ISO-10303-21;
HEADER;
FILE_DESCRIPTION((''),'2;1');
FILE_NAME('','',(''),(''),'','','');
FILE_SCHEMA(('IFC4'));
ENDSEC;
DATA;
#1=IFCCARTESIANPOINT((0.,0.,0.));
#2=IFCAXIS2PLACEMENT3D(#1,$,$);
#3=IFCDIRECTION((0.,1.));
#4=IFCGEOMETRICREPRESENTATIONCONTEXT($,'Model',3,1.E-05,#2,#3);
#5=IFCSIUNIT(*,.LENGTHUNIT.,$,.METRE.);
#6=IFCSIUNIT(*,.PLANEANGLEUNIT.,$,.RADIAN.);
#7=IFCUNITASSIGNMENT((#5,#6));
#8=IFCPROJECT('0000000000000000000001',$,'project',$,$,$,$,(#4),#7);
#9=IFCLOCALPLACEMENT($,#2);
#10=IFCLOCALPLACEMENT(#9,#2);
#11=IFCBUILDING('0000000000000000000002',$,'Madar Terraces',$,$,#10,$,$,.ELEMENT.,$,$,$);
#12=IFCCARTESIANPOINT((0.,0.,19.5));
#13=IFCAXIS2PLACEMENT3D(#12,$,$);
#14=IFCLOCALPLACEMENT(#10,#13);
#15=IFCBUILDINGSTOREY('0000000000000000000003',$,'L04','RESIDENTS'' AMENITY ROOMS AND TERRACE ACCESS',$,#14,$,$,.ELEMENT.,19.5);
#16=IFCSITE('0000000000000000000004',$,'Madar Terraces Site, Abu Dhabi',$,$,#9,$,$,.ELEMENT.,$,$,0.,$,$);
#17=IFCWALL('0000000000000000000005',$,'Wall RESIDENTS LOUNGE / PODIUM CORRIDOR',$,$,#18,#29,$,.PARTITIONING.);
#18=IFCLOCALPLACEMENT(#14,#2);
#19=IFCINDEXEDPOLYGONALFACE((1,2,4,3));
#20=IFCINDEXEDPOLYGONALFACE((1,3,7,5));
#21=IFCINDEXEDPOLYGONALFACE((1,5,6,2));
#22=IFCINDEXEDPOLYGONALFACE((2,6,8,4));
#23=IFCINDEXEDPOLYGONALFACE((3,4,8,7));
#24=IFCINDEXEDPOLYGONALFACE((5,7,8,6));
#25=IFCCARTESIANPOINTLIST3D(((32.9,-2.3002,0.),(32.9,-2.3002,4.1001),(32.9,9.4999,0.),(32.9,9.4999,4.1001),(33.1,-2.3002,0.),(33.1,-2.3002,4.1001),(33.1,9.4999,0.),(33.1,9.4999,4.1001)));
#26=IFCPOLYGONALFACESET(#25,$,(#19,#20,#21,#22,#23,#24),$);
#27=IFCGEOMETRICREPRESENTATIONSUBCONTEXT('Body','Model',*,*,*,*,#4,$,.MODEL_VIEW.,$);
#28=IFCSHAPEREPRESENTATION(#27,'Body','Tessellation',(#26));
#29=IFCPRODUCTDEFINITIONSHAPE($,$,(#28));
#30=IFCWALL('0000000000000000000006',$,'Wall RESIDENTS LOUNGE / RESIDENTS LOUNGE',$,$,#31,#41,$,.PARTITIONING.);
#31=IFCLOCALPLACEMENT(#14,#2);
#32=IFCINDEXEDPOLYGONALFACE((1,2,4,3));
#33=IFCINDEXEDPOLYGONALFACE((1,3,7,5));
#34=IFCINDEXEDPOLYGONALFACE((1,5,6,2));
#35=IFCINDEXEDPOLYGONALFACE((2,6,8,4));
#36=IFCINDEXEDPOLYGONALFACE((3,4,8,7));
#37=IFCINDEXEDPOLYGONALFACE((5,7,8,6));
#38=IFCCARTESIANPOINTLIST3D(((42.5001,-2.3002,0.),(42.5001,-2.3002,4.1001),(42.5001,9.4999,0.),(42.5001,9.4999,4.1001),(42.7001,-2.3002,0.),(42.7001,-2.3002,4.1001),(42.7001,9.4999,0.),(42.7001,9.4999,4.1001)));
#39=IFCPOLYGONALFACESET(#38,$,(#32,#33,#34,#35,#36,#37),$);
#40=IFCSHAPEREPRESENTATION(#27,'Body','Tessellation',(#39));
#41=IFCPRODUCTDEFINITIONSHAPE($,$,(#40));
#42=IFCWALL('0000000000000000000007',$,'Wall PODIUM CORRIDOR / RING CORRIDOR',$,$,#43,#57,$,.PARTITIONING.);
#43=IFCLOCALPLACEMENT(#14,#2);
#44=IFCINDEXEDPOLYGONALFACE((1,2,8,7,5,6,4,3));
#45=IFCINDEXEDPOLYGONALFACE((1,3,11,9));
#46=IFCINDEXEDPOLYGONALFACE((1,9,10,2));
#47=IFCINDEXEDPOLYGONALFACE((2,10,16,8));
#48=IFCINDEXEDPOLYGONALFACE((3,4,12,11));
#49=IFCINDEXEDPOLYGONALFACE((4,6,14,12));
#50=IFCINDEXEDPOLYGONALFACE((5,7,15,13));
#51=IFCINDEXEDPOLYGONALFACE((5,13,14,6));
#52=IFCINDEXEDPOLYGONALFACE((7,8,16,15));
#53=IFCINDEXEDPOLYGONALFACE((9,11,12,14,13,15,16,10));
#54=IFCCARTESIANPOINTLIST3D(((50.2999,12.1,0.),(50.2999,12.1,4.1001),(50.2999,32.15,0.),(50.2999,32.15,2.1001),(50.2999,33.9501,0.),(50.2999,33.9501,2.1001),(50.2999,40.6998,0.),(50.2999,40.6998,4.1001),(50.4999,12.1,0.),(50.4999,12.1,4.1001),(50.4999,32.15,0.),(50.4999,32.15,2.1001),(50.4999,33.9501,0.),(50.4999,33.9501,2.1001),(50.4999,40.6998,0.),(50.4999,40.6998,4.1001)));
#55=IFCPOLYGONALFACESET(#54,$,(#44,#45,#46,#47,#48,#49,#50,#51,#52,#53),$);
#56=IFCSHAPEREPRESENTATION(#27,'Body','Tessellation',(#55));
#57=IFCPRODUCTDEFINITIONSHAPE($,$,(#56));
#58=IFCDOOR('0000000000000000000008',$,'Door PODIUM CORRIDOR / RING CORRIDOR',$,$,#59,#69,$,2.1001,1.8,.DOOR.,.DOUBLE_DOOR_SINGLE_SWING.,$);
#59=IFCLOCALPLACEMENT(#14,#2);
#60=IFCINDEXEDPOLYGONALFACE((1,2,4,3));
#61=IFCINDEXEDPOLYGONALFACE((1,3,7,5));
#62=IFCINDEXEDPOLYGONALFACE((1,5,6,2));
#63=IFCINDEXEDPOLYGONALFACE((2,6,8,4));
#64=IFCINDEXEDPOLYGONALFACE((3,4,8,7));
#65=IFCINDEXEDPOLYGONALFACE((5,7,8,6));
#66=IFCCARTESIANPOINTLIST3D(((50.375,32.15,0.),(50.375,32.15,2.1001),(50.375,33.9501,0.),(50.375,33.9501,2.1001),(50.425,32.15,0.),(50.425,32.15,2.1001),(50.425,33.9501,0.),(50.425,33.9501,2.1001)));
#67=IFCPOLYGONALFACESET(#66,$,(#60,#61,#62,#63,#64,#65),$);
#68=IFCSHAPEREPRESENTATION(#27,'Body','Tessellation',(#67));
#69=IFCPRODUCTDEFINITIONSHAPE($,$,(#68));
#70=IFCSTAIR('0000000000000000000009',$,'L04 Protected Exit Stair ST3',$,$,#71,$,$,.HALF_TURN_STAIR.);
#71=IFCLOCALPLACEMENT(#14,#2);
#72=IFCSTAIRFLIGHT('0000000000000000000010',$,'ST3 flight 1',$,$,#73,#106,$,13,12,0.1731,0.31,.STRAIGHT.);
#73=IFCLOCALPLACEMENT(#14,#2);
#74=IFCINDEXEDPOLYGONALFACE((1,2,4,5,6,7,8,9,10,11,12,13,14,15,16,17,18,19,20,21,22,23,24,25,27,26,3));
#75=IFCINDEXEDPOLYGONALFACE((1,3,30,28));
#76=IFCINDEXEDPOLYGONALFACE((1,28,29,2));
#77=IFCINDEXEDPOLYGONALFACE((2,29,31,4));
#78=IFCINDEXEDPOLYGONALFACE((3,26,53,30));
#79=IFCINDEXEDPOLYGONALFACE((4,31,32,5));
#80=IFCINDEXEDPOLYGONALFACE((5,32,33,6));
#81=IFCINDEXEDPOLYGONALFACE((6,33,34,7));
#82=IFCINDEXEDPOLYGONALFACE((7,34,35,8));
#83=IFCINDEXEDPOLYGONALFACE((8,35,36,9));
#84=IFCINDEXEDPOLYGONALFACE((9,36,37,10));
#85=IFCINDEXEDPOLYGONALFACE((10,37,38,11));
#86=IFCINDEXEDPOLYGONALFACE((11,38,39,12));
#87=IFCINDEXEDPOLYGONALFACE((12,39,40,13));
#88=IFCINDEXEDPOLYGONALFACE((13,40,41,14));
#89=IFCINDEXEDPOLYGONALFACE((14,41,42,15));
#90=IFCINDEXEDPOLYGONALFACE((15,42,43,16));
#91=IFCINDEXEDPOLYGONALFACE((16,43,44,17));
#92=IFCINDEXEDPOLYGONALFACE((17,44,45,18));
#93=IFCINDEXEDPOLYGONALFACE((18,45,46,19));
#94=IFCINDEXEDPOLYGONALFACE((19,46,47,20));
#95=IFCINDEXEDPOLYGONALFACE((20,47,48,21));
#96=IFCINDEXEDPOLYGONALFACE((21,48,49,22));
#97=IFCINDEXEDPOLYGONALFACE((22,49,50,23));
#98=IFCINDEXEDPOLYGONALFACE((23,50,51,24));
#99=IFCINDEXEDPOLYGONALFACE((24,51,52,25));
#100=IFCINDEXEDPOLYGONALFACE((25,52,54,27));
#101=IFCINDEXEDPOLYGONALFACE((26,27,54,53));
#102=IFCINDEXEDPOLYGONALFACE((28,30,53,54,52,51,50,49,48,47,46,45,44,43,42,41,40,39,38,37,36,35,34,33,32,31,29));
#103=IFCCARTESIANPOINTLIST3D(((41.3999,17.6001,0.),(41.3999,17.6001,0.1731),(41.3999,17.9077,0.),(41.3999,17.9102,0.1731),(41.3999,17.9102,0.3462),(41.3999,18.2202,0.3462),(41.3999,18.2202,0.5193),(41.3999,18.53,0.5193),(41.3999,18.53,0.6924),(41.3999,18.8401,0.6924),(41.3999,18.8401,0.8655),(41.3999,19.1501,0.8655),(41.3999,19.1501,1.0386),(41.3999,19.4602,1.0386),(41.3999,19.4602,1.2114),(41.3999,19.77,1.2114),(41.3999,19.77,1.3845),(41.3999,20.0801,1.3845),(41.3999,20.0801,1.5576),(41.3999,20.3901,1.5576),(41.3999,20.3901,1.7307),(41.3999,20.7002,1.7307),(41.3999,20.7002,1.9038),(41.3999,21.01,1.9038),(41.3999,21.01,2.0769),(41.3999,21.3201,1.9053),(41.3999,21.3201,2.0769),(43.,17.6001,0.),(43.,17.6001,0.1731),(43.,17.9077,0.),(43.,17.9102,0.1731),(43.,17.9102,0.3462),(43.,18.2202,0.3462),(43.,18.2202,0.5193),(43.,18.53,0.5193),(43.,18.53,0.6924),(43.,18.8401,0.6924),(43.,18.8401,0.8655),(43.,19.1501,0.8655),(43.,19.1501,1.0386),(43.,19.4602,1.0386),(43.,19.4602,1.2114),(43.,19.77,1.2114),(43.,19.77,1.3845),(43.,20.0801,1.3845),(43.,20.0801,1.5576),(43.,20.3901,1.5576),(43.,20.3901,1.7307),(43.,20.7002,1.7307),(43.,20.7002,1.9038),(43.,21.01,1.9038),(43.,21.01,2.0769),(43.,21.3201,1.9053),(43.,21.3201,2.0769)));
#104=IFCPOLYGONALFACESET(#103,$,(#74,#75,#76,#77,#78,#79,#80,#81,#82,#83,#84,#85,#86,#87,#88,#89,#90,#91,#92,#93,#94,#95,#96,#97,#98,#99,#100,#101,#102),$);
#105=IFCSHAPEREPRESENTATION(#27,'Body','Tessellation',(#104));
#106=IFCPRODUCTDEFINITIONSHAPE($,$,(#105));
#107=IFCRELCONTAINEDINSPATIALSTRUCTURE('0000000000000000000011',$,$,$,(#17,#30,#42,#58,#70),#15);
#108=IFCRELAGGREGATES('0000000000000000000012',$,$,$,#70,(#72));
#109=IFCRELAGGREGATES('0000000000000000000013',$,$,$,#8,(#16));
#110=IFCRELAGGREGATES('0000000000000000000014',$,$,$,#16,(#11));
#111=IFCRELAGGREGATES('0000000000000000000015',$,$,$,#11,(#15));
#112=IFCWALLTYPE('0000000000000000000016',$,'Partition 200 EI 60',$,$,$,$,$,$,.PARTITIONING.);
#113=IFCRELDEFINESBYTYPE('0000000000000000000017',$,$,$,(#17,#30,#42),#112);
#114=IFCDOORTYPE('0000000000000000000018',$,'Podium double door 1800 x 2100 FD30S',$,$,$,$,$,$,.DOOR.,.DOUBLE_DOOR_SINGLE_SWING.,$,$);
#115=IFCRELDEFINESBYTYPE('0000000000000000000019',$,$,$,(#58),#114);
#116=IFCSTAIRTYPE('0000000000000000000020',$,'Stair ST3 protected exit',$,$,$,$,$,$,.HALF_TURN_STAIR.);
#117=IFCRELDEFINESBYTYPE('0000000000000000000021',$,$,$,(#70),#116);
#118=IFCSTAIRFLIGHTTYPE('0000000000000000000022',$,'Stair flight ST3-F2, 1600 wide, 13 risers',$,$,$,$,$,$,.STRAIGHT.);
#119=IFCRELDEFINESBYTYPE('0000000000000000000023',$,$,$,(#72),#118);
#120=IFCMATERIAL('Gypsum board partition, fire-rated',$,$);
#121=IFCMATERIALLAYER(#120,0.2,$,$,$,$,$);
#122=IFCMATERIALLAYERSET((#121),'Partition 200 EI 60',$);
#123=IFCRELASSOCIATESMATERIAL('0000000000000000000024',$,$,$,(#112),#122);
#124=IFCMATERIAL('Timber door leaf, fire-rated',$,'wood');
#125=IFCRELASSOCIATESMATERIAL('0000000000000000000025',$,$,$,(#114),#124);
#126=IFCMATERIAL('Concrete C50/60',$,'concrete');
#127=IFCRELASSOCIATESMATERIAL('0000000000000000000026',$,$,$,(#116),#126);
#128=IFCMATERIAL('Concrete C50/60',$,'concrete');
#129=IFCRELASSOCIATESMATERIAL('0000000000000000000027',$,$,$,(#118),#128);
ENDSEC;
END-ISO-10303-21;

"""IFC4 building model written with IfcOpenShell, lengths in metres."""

from ifc_helpers import new_model, si_unit, direction, frame, frame_2d, origin, place, context, subcontext, project, spatial, polyline, rectangle, outline, extrude, material, layer, layer_set, type_object, element, fill, aggregate, save


model = new_model("IFC4")

# Units and contexts
model_context = context("Model", 3, precision=1e-05, world=origin(), true_north=direction((0.0, 1.0)))
body_context = subcontext(model_context, "Body", "Model", "MODEL_VIEW")
ifc_project = project(units=[si_unit("LENGTHUNIT", "METRE"), si_unit("PLANEANGLEUNIT", "RADIAN")], contexts=[model_context])

# Site, building, storey
site_placement = place(None, origin())
site = spatial("IfcSite", under=ifc_project, at=site_placement, Name="Madar Terraces Site, Abu Dhabi", CompositionType="ELEMENT", RefElevation=0.0)
building_placement = place(site_placement, origin())
building = spatial("IfcBuilding", under=site, at=building_placement, Name="Madar Terraces", CompositionType="ELEMENT")
storey_placement = place(building_placement, frame((0.0, 0.0, 19.5)))
storey = spatial("IfcBuildingStorey", under=building, at=storey_placement, Name="L04", Description="RESIDENTS' AMENITY ROOMS AND TERRACE ACCESS", CompositionType="ELEMENT", Elevation=19.5)

# Shared definitions
ifc_material_1 = material(Name="Gypsum board partition, fire-rated")
ifc_layer_1 = layer(ifc_material_1, 0.2)
ifc_layer_set_1 = layer_set([ifc_layer_1], Name="Partition 200 EI 60")
wall_type_1 = type_object("IfcWallType", Name="Partition 200 EI 60", PredefinedType="PARTITIONING", material=ifc_layer_set_1)
ifc_material_2 = material(Name="Timber door leaf, fire-rated", Category="wood")
door_type_1 = type_object("IfcDoorType", Name="Podium double door 1800 x 2100 FD30S", OperationType="DOUBLE_DOOR_SINGLE_SWING", PredefinedType="DOOR", material=ifc_material_2)

# Walls
for number, where, z_axis, x_axis, name in (
    (1, (33.0, -2.3, 0.0), (0.0, 0.0, 1.0), (0.0, 1.0, 0.0), "Wall RESIDENTS LOUNGE / PODIUM CORRIDOR"),
    (2, (42.6001, -2.3, 0.0), (0.0, 0.0, 1.0), (0.0, 1.0, 0.0), "Wall RESIDENTS LOUNGE / RESIDENTS LOUNGE"),
):
    element("IfcWall", number, at=place(storey_placement, frame(where, z_axis=z_axis, x_axis=x_axis)), inside=storey, type_object=wall_type_1, Name=name, PredefinedType="PARTITIONING", context=body_context, shape_type="SweptSolid", body=[
        extrude(rectangle(XDim=11.8, YDim=0.2, at=frame_2d((5.8999, 0.0))), origin(), (0.0, 0.0, 1.0), 4.1001),
    ])

# Wall, opening, door
wall_1_placement = place(storey_placement, frame((50.3999, 12.1001, 0.0), z_axis=(0.0, 0.0, 1.0), x_axis=(0.0, 1.0, 0.0)))
wall_1 = element("IfcWall", 3, at=wall_1_placement, inside=storey, type_object=wall_type_1, Name="Wall PODIUM CORRIDOR / RING CORRIDOR", PredefinedType="PARTITIONING", context=body_context, shape_type="SweptSolid", body=[
    extrude(rectangle(XDim=28.5999, YDim=0.2, at=frame_2d((14.2998, 0.0))), origin(), (0.0, 0.0, 1.0), 4.1001),
])
opening_1_placement = place(wall_1_placement, frame((20.05, 0.0, 0.0)))
opening_1 = element("IfcOpeningElement", 4, at=opening_1_placement, cuts=wall_1, PredefinedType="OPENING", context=body_context, shape_type="SweptSolid", body=[
    extrude(rectangle(XDim=1.8, YDim=2.1001, at=frame_2d((0.8999, 1.05))), frame((0.0, 0.1099, 0.0), z_axis=(0.0, -1.0, 0.0), x_axis=(1.0, 0.0, 0.0)), (0.0, 0.0, 1.0), 0.22),
])
door_1_placement = place(opening_1_placement, origin())
door_1 = element("IfcDoor", 5, at=door_1_placement, inside=storey, type_object=door_type_1, Name="Door PODIUM CORRIDOR / RING CORRIDOR", OperationType="DOUBLE_DOOR_SINGLE_SWING", OverallHeight=2.1001, OverallWidth=1.8, PredefinedType="DOOR", context=body_context, shape_type="SweptSolid", body=[
    extrude(rectangle(XDim=1.8, YDim=2.1001, at=frame_2d((0.8999, 1.05))), frame((0.0, 0.0249, 0.0), z_axis=(0.0, -1.0, 0.0), x_axis=(1.0, 0.0, 0.0)), (0.0, 0.0, 1.0), 0.05),
])
fill(opening_1, door_1)

# Stair, stair flight
ifc_material_3 = material(Name="Concrete C50/60", Category="concrete")
stair_type = type_object("IfcStairType", Name="Stair ST3 protected exit", PredefinedType="HALF_TURN_STAIR", material=ifc_material_3)
stair_placement = place(storey_placement, origin())
stair = element("IfcStair", 6, at=stair_placement, inside=storey, type_object=stair_type, Name="L04 Protected Exit Stair ST3", PredefinedType="HALF_TURN_STAIR")
ifc_material_4 = material(Name="Concrete C50/60", Category="concrete")
stair_flight_type = type_object("IfcStairFlightType", Name="Stair flight ST3-F2, 1600 wide, 13 risers", PredefinedType="STRAIGHT", material=ifc_material_4)
stair_flight_placement = place(storey_placement, frame((42.2, 17.6001, 0.0), z_axis=(0.0, 0.0, 1.0), x_axis=(0.0, 1.0, 0.0)))
stair_flight = element("IfcStairFlight", 7, at=stair_flight_placement, type_object=stair_flight_type, Name="ST3 flight 1", NumberOfRisers=13, NumberOfTreads=12, PredefinedType="STRAIGHT", RiserHeight=0.1731, TreadLength=0.31, context=body_context, shape_type="SweptSolid", body=[
    extrude(outline(polyline([(0.0, 0.0), (0.0, 0.1731), (0.3101, 0.1731), (0.3101, 0.3462), (0.6201, 0.3462), (0.6201, 0.5193), (0.9299, 0.5193), (0.9299, 0.6924), (1.24, 0.6924), (1.24, 0.8655), (1.55, 0.8655), (1.55, 1.0386), (1.8601, 1.0386), (1.8601, 1.2114), (2.1699, 1.2114), (2.1699, 1.3845), (2.48, 1.3845), (2.48, 1.5576), (2.79, 1.5576), (2.79, 1.7307), (3.1001, 1.7307), (3.1001, 1.9038), (3.4099, 1.9038), (3.4099, 2.0769), (3.72, 2.0769), (3.72, 2.25), (3.72, 1.9053), (0.3076, 0.0), (0.0, 0.0)])), frame((0.0, 0.8, 0.0), z_axis=(0.0, -1.0, 0.0), x_axis=(1.0, 0.0, 0.0)), (0.0, 0.0, 1.0), 1.6001),
])
aggregate(stair, [stair_flight])

save(model, "model.ifc")
